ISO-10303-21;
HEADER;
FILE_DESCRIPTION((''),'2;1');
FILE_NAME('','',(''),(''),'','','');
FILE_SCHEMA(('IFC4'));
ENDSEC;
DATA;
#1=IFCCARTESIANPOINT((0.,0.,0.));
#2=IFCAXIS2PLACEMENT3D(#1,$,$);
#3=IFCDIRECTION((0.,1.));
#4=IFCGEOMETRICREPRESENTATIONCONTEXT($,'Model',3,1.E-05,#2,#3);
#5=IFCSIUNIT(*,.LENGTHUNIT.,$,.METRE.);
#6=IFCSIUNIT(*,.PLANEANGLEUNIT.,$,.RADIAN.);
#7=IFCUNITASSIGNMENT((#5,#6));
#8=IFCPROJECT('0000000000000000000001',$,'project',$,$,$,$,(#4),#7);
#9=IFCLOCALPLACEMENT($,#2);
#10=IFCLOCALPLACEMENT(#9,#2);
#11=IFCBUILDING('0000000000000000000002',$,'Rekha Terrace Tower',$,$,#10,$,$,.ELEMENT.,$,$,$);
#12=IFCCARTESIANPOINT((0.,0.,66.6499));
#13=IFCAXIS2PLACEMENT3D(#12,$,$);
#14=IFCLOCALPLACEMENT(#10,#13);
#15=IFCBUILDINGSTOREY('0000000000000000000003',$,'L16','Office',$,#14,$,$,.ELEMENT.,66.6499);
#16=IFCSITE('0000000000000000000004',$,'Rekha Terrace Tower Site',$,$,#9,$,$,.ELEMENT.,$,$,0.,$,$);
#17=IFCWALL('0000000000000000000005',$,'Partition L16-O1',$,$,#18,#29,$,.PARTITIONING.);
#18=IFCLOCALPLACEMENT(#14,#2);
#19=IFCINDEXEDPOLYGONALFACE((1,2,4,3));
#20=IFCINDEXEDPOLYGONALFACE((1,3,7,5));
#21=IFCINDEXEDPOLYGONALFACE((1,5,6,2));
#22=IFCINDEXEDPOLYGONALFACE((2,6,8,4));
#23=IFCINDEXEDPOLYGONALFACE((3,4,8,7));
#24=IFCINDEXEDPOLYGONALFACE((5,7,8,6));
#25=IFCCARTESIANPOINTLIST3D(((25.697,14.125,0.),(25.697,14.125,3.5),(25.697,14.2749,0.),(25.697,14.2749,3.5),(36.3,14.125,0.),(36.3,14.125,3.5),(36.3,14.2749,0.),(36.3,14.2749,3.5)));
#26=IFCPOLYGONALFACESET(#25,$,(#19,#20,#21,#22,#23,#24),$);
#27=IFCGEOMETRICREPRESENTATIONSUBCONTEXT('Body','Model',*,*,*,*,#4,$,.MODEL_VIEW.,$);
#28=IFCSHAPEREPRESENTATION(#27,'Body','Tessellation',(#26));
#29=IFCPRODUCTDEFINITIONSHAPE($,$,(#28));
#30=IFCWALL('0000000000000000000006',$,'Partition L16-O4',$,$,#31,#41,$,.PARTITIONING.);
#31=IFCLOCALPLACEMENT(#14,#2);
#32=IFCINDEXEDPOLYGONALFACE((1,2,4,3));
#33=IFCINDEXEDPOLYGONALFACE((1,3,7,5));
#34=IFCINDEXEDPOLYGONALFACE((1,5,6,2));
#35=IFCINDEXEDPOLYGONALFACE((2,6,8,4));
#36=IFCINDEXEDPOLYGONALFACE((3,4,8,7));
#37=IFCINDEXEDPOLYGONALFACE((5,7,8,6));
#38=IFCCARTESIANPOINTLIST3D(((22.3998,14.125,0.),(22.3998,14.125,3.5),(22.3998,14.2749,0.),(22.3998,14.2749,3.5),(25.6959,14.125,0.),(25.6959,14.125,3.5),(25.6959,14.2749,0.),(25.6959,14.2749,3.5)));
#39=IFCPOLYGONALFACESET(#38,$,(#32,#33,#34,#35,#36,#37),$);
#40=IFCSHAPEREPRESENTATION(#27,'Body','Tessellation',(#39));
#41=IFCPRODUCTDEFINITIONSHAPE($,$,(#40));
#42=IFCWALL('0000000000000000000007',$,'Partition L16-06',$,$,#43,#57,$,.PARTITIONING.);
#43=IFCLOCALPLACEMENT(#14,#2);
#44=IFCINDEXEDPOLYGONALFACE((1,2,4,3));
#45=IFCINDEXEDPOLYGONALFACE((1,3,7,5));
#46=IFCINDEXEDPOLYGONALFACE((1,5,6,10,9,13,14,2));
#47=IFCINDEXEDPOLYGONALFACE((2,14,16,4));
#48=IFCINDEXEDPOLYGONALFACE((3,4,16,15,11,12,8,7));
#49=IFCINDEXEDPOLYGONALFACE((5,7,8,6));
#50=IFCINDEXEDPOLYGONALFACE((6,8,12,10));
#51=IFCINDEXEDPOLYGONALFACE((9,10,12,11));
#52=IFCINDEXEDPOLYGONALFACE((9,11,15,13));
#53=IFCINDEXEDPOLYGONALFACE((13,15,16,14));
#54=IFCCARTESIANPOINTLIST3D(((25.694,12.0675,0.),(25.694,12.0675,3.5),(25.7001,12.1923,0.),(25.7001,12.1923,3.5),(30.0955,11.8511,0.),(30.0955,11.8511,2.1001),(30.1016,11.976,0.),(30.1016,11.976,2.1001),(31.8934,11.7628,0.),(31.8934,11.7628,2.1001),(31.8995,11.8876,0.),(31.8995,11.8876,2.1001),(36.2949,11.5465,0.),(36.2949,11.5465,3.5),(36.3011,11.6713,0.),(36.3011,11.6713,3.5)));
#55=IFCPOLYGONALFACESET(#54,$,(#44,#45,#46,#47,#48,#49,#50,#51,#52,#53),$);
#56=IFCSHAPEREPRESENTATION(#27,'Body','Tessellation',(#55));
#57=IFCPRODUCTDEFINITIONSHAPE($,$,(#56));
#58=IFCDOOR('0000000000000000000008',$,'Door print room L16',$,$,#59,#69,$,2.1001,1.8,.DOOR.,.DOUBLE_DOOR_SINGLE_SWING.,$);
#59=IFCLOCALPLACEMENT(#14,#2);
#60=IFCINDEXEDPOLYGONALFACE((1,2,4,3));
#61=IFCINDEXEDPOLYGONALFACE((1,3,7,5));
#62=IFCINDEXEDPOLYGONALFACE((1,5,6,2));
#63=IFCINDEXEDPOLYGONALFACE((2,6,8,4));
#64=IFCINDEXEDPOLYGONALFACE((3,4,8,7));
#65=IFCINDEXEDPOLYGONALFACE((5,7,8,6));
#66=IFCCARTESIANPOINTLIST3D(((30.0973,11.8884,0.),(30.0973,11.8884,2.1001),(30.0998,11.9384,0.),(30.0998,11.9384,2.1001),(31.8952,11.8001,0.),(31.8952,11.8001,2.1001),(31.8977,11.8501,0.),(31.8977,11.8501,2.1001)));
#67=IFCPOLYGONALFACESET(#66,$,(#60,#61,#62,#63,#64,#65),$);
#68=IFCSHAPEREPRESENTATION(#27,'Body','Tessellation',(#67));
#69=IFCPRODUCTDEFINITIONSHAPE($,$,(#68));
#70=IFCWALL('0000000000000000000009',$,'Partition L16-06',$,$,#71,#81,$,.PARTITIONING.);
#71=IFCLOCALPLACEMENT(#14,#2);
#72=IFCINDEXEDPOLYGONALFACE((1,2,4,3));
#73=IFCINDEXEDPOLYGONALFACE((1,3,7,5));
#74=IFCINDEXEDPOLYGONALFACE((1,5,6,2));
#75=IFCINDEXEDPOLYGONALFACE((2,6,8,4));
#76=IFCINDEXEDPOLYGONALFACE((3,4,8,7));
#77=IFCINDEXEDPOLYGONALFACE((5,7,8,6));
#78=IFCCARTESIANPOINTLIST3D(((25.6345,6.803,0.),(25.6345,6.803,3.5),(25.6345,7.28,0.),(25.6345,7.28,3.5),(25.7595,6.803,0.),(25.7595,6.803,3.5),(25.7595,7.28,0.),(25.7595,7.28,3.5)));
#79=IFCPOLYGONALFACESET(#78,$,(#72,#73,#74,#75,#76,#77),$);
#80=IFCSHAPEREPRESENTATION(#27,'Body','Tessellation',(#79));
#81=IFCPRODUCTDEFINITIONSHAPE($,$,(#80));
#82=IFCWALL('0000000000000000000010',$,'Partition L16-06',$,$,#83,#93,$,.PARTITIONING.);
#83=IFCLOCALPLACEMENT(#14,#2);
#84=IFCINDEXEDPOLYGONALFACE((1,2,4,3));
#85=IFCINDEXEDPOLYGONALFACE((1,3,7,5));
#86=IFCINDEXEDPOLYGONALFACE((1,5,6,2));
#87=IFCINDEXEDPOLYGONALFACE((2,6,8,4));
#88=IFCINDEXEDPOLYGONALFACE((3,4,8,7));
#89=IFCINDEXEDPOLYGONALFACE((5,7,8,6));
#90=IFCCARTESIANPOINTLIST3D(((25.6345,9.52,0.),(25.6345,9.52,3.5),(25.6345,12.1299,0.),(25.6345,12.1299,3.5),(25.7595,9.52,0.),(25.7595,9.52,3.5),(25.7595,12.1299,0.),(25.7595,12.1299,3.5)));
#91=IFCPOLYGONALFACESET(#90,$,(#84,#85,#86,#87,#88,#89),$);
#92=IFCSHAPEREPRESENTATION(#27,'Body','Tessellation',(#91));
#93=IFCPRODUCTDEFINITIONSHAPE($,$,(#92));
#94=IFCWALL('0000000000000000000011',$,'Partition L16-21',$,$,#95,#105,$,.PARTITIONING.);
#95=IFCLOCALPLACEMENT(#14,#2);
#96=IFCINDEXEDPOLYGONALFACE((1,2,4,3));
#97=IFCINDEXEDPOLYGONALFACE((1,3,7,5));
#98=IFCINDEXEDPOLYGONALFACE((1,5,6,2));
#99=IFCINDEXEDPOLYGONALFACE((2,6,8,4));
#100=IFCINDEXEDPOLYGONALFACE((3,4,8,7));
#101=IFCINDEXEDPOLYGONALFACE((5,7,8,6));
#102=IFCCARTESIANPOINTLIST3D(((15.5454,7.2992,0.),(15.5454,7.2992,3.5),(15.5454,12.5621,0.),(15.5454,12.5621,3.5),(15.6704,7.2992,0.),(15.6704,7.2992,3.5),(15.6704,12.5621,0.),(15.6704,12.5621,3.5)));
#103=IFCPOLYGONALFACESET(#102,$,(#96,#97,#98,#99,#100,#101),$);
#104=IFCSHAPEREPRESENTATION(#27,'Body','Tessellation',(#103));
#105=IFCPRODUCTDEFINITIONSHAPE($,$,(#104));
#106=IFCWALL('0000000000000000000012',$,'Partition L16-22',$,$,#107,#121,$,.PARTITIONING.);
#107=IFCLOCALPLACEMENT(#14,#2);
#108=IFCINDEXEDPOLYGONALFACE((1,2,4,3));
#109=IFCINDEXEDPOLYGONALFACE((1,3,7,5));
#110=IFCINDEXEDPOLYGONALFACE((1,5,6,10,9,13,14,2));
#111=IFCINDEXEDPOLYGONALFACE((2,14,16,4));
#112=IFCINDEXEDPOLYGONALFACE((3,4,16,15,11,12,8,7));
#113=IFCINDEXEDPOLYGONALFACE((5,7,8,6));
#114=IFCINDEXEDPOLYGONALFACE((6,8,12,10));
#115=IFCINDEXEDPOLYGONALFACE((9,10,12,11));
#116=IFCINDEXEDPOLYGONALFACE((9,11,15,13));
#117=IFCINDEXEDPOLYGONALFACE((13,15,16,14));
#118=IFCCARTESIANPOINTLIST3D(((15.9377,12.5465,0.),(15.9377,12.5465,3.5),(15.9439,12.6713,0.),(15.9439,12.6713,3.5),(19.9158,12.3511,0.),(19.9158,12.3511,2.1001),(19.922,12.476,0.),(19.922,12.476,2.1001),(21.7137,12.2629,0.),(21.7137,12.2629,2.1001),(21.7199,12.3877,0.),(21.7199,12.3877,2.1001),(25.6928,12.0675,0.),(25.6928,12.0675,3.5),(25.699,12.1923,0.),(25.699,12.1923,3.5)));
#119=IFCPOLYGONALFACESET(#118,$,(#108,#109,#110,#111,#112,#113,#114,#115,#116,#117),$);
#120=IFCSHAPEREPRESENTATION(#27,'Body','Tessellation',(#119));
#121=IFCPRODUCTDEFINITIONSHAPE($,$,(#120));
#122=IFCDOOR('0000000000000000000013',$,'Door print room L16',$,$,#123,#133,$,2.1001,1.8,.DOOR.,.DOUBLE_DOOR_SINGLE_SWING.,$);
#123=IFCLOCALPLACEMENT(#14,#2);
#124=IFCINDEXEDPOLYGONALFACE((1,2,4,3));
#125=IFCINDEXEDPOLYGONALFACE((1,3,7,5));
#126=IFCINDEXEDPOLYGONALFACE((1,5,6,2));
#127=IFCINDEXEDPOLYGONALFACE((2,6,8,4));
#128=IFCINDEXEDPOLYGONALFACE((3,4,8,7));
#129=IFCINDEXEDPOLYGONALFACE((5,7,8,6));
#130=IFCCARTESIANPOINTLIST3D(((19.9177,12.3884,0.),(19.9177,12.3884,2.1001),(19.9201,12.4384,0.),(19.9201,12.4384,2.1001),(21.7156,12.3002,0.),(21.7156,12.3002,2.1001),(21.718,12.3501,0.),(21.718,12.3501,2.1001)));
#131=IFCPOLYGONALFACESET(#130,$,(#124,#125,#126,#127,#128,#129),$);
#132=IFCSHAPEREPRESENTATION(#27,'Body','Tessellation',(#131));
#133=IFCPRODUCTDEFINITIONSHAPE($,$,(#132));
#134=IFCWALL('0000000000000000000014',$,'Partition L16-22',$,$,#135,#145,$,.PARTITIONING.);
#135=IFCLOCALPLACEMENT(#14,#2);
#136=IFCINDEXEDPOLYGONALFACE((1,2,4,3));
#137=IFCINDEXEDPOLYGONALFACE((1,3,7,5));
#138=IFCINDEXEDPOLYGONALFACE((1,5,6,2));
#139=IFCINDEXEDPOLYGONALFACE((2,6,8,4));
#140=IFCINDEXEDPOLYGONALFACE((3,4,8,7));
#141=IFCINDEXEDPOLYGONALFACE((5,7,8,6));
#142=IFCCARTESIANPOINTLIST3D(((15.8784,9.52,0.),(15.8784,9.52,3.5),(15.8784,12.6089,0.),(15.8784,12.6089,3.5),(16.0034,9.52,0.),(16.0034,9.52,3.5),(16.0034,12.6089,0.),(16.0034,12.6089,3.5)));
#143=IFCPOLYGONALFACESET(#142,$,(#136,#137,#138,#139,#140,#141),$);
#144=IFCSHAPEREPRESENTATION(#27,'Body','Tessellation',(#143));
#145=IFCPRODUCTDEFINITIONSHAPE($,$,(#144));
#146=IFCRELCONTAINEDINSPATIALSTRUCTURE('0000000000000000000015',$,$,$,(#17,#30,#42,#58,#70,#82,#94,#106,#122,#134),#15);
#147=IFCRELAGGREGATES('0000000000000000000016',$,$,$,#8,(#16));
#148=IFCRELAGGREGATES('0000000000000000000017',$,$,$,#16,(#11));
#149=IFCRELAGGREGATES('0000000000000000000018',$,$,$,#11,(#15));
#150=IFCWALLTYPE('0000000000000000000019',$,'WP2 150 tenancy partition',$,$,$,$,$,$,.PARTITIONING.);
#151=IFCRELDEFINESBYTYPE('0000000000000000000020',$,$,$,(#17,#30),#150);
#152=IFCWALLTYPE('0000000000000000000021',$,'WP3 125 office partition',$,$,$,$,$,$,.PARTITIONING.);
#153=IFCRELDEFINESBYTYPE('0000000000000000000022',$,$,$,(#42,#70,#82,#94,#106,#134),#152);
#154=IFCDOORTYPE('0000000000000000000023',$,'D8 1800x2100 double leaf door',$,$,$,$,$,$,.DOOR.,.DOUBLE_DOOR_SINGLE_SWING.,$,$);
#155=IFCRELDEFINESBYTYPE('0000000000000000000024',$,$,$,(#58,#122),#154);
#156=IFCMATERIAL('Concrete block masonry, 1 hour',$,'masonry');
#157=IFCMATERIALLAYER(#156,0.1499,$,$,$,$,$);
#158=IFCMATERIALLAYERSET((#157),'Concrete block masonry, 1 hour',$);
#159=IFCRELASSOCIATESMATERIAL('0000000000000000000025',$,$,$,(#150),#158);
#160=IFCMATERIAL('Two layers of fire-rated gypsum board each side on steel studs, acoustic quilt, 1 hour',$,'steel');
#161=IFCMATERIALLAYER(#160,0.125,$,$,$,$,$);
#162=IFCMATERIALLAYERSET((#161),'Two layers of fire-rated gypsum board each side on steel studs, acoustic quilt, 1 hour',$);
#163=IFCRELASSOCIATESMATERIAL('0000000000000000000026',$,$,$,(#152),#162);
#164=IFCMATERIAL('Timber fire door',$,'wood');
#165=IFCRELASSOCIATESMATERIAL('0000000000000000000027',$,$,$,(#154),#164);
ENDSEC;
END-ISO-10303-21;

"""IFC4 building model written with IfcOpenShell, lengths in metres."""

from ifc_helpers import new_model, si_unit, direction, frame, frame_2d, origin, place, context, subcontext, project, spatial, rectangle, extrude, material, layer, layer_set, type_object, element, fill, save


model = new_model("IFC4")

# Units and contexts
model_context = context("Model", 3, precision=1e-05, world=origin(), true_north=direction((0.0, 1.0)))
body_context = subcontext(model_context, "Body", "Model", "MODEL_VIEW")
ifc_project = project(units=[si_unit("LENGTHUNIT", "METRE"), si_unit("PLANEANGLEUNIT", "RADIAN")], contexts=[model_context])

# Site, building, storey
site_placement = place(None, origin())
site = spatial("IfcSite", under=ifc_project, at=site_placement, Name="Rekha Terrace Tower Site", CompositionType="ELEMENT", RefElevation=0.0)
building_placement = place(site_placement, origin())
building = spatial("IfcBuilding", under=site, at=building_placement, Name="Rekha Terrace Tower", CompositionType="ELEMENT")
storey_placement = place(building_placement, frame((0.0, 0.0, 66.6499)))
storey = spatial("IfcBuildingStorey", under=building, at=storey_placement, Name="L16", Description="Office", CompositionType="ELEMENT", Elevation=66.6499)

# Walls
ifc_material_1 = material(Name="Concrete block masonry, 1 hour", Category="masonry")
ifc_layer_1 = layer(ifc_material_1, 0.1499)
ifc_layer_set_1 = layer_set([ifc_layer_1], Name="Concrete block masonry, 1 hour")
wall_type_1 = type_object("IfcWallType", Name="WP2 150 tenancy partition", PredefinedType="PARTITIONING", material=ifc_layer_set_1)
wall_1_placement = place(storey_placement, frame((25.697, 14.2, 0.0), z_axis=(0.0, 0.0, 1.0), x_axis=(1.0, 0.0, 0.0)))
element("IfcWall", 1, at=wall_1_placement, inside=storey, type_object=wall_type_1, Name="Partition L16-O1", PredefinedType="PARTITIONING", context=body_context, shape_type="SweptSolid", body=[
    extrude(rectangle(XDim=10.603, YDim=0.1499, at=frame_2d((5.3015, 0.0))), origin(), (0.0, 0.0, 1.0), 3.5),
])
wall_2_placement = place(storey_placement, frame((22.3999, 14.2, 0.0), z_axis=(0.0, 0.0, 1.0), x_axis=(1.0, 0.0, 0.0)))
element("IfcWall", 2, at=wall_2_placement, inside=storey, type_object=wall_type_1, Name="Partition L16-O4", PredefinedType="PARTITIONING", context=body_context, shape_type="SweptSolid", body=[
    extrude(rectangle(XDim=3.2961, YDim=0.1499, at=frame_2d((1.6479, 0.0))), origin(), (0.0, 0.0, 1.0), 3.5),
])

# Wall, opening, door
ifc_material_2 = material(Name="Two layers of fire-rated gypsum board each side on steel studs, acoustic quilt, 1 hour", Category="steel")
ifc_layer_2 = layer(ifc_material_2, 0.125)
ifc_layer_set_2 = layer_set([ifc_layer_2], Name="Two layers of fire-rated gypsum board each side on steel studs, acoustic quilt, 1 hour")
wall_type_2 = type_object("IfcWallType", Name="WP3 125 office partition", PredefinedType="PARTITIONING", material=ifc_layer_set_2)
wall_3_placement = place(storey_placement, frame((25.697, 12.1299, 0.0), z_axis=(0.0, 0.0, 1.0), x_axis=(0.998795, -0.049086, 0.0)))
wall_3 = element("IfcWall", 3, at=wall_3_placement, inside=storey, type_object=wall_type_2, Name="Partition L16-06", PredefinedType="PARTITIONING", context=body_context, shape_type="SweptSolid", body=[
    extrude(rectangle(XDim=10.6138, YDim=0.125, at=frame_2d((5.3069, 0.0))), origin(), (0.0, 0.0, 1.0), 3.5),
])
opening_1_placement = place(wall_3_placement, frame((4.407, 0.0, 0.0)))
opening_1 = element("IfcOpeningElement", 4, at=opening_1_placement, cuts=wall_3, PredefinedType="OPENING", context=body_context, shape_type="SweptSolid", body=[
    extrude(rectangle(XDim=1.8, YDim=2.1001, at=frame_2d((0.8999, 1.05))), frame((0.0, 0.0725, 0.0), z_axis=(0.0, -1.0, 0.0), x_axis=(1.0, 0.0, 0.0)), (0.0, 0.0, 1.0), 0.145),
])
ifc_material_3 = material(Name="Timber fire door", Category="wood")
door_type = type_object("IfcDoorType", Name="D8 1800x2100 double leaf door", OperationType="DOUBLE_DOOR_SINGLE_SWING", PredefinedType="DOOR", material=ifc_material_3)
door_1_placement = place(opening_1_placement, origin())
door_1 = element("IfcDoor", 5, at=door_1_placement, inside=storey, type_object=door_type, Name="Door print room L16", OperationType="DOUBLE_DOOR_SINGLE_SWING", OverallHeight=2.1001, OverallWidth=1.8, PredefinedType="DOOR", context=body_context, shape_type="SweptSolid", body=[
    extrude(rectangle(XDim=1.8, YDim=2.1001, at=frame_2d((0.8999, 1.05))), frame((0.0, 0.0249, 0.0), z_axis=(0.0, -1.0, 0.0), x_axis=(1.0, 0.0, 0.0)), (0.0, 0.0, 1.0), 0.05),
])
fill(opening_1, door_1)

# Walls
wall_4_placement = place(storey_placement, frame((25.697, 6.803, 0.0), z_axis=(0.0, 0.0, 1.0), x_axis=(0.0, 1.0, 0.0)))
element("IfcWall", 6, at=wall_4_placement, inside=storey, type_object=wall_type_2, Name="Partition L16-06", PredefinedType="PARTITIONING", context=body_context, shape_type="SweptSolid", body=[
    extrude(rectangle(XDim=0.4771, YDim=0.125, at=frame_2d((0.2385, 0.0))), origin(), (0.0, 0.0, 1.0), 3.5),
])
wall_5_placement = place(storey_placement, frame((25.697, 9.52, 0.0), z_axis=(0.0, 0.0, 1.0), x_axis=(0.0, 1.0, 0.0)))
element("IfcWall", 7, at=wall_5_placement, inside=storey, type_object=wall_type_2, Name="Partition L16-06", PredefinedType="PARTITIONING", context=body_context, shape_type="SweptSolid", body=[
    extrude(rectangle(XDim=2.6099, YDim=0.125, at=frame_2d((1.3049, 0.0))), origin(), (0.0, 0.0, 1.0), 3.5),
])
wall_6_placement = place(storey_placement, frame((15.6079, 12.562, 0.0), z_axis=(0.0, 0.0, 1.0), x_axis=(0.0, -1.0, 0.0)))
element("IfcWall", 8, at=wall_6_placement, inside=storey, type_object=wall_type_2, Name="Partition L16-21", PredefinedType="PARTITIONING", context=body_context, shape_type="SweptSolid", body=[
    extrude(rectangle(XDim=5.2629, YDim=0.125, at=frame_2d((2.6313, 0.0))), origin(), (0.0, 0.0, 1.0), 3.5),
])

# Wall, opening, door
wall_7_placement = place(storey_placement, frame((15.9409, 12.6089, 0.0), z_axis=(0.0, 0.0, 1.0), x_axis=(0.998797, -0.049044, 0.0)))
wall_7 = element("IfcWall", 9, at=wall_7_placement, inside=storey, type_object=wall_type_2, Name="Partition L16-22", PredefinedType="PARTITIONING", context=body_context, shape_type="SweptSolid", body=[
    extrude(rectangle(XDim=9.7668, YDim=0.125, at=frame_2d((4.8833, 0.0))), origin(), (0.0, 0.0, 1.0), 3.5),
])
opening_2_placement = place(wall_7_placement, frame((3.9829, 0.0, 0.0)))
opening_2 = element("IfcOpeningElement", 10, at=opening_2_placement, cuts=wall_7, PredefinedType="OPENING", context=body_context, shape_type="SweptSolid", body=[
    extrude(rectangle(XDim=1.8, YDim=2.1001, at=frame_2d((0.8999, 1.05))), frame((0.0, 0.0725, 0.0), z_axis=(0.0, -1.0, 0.0), x_axis=(1.0, 0.0, 0.0)), (0.0, 0.0, 1.0), 0.145),
])
door_2_placement = place(opening_2_placement, origin())
door_2 = element("IfcDoor", 11, at=door_2_placement, inside=storey, type_object=door_type, Name="Door print room L16", OperationType="DOUBLE_DOOR_SINGLE_SWING", OverallHeight=2.1001, OverallWidth=1.8, PredefinedType="DOOR", context=body_context, shape_type="SweptSolid", body=[
    extrude(rectangle(XDim=1.8, YDim=2.1001, at=frame_2d((0.8999, 1.05))), frame((0.0, 0.0249, 0.0), z_axis=(0.0, -1.0, 0.0), x_axis=(1.0, 0.0, 0.0)), (0.0, 0.0, 1.0), 0.05),
])
fill(opening_2, door_2)

# Wall
wall_8_placement = place(storey_placement, frame((15.9409, 9.52, 0.0), z_axis=(0.0, 0.0, 1.0), x_axis=(0.0, 1.0, 0.0)))
element("IfcWall", 12, at=wall_8_placement, inside=storey, type_object=wall_type_2, Name="Partition L16-22", PredefinedType="PARTITIONING", context=body_context, shape_type="SweptSolid", body=[
    extrude(rectangle(XDim=3.0889, YDim=0.125, at=frame_2d((1.5444, 0.0))), origin(), (0.0, 0.0, 1.0), 3.5),
])

save(model, "model.ifc")
